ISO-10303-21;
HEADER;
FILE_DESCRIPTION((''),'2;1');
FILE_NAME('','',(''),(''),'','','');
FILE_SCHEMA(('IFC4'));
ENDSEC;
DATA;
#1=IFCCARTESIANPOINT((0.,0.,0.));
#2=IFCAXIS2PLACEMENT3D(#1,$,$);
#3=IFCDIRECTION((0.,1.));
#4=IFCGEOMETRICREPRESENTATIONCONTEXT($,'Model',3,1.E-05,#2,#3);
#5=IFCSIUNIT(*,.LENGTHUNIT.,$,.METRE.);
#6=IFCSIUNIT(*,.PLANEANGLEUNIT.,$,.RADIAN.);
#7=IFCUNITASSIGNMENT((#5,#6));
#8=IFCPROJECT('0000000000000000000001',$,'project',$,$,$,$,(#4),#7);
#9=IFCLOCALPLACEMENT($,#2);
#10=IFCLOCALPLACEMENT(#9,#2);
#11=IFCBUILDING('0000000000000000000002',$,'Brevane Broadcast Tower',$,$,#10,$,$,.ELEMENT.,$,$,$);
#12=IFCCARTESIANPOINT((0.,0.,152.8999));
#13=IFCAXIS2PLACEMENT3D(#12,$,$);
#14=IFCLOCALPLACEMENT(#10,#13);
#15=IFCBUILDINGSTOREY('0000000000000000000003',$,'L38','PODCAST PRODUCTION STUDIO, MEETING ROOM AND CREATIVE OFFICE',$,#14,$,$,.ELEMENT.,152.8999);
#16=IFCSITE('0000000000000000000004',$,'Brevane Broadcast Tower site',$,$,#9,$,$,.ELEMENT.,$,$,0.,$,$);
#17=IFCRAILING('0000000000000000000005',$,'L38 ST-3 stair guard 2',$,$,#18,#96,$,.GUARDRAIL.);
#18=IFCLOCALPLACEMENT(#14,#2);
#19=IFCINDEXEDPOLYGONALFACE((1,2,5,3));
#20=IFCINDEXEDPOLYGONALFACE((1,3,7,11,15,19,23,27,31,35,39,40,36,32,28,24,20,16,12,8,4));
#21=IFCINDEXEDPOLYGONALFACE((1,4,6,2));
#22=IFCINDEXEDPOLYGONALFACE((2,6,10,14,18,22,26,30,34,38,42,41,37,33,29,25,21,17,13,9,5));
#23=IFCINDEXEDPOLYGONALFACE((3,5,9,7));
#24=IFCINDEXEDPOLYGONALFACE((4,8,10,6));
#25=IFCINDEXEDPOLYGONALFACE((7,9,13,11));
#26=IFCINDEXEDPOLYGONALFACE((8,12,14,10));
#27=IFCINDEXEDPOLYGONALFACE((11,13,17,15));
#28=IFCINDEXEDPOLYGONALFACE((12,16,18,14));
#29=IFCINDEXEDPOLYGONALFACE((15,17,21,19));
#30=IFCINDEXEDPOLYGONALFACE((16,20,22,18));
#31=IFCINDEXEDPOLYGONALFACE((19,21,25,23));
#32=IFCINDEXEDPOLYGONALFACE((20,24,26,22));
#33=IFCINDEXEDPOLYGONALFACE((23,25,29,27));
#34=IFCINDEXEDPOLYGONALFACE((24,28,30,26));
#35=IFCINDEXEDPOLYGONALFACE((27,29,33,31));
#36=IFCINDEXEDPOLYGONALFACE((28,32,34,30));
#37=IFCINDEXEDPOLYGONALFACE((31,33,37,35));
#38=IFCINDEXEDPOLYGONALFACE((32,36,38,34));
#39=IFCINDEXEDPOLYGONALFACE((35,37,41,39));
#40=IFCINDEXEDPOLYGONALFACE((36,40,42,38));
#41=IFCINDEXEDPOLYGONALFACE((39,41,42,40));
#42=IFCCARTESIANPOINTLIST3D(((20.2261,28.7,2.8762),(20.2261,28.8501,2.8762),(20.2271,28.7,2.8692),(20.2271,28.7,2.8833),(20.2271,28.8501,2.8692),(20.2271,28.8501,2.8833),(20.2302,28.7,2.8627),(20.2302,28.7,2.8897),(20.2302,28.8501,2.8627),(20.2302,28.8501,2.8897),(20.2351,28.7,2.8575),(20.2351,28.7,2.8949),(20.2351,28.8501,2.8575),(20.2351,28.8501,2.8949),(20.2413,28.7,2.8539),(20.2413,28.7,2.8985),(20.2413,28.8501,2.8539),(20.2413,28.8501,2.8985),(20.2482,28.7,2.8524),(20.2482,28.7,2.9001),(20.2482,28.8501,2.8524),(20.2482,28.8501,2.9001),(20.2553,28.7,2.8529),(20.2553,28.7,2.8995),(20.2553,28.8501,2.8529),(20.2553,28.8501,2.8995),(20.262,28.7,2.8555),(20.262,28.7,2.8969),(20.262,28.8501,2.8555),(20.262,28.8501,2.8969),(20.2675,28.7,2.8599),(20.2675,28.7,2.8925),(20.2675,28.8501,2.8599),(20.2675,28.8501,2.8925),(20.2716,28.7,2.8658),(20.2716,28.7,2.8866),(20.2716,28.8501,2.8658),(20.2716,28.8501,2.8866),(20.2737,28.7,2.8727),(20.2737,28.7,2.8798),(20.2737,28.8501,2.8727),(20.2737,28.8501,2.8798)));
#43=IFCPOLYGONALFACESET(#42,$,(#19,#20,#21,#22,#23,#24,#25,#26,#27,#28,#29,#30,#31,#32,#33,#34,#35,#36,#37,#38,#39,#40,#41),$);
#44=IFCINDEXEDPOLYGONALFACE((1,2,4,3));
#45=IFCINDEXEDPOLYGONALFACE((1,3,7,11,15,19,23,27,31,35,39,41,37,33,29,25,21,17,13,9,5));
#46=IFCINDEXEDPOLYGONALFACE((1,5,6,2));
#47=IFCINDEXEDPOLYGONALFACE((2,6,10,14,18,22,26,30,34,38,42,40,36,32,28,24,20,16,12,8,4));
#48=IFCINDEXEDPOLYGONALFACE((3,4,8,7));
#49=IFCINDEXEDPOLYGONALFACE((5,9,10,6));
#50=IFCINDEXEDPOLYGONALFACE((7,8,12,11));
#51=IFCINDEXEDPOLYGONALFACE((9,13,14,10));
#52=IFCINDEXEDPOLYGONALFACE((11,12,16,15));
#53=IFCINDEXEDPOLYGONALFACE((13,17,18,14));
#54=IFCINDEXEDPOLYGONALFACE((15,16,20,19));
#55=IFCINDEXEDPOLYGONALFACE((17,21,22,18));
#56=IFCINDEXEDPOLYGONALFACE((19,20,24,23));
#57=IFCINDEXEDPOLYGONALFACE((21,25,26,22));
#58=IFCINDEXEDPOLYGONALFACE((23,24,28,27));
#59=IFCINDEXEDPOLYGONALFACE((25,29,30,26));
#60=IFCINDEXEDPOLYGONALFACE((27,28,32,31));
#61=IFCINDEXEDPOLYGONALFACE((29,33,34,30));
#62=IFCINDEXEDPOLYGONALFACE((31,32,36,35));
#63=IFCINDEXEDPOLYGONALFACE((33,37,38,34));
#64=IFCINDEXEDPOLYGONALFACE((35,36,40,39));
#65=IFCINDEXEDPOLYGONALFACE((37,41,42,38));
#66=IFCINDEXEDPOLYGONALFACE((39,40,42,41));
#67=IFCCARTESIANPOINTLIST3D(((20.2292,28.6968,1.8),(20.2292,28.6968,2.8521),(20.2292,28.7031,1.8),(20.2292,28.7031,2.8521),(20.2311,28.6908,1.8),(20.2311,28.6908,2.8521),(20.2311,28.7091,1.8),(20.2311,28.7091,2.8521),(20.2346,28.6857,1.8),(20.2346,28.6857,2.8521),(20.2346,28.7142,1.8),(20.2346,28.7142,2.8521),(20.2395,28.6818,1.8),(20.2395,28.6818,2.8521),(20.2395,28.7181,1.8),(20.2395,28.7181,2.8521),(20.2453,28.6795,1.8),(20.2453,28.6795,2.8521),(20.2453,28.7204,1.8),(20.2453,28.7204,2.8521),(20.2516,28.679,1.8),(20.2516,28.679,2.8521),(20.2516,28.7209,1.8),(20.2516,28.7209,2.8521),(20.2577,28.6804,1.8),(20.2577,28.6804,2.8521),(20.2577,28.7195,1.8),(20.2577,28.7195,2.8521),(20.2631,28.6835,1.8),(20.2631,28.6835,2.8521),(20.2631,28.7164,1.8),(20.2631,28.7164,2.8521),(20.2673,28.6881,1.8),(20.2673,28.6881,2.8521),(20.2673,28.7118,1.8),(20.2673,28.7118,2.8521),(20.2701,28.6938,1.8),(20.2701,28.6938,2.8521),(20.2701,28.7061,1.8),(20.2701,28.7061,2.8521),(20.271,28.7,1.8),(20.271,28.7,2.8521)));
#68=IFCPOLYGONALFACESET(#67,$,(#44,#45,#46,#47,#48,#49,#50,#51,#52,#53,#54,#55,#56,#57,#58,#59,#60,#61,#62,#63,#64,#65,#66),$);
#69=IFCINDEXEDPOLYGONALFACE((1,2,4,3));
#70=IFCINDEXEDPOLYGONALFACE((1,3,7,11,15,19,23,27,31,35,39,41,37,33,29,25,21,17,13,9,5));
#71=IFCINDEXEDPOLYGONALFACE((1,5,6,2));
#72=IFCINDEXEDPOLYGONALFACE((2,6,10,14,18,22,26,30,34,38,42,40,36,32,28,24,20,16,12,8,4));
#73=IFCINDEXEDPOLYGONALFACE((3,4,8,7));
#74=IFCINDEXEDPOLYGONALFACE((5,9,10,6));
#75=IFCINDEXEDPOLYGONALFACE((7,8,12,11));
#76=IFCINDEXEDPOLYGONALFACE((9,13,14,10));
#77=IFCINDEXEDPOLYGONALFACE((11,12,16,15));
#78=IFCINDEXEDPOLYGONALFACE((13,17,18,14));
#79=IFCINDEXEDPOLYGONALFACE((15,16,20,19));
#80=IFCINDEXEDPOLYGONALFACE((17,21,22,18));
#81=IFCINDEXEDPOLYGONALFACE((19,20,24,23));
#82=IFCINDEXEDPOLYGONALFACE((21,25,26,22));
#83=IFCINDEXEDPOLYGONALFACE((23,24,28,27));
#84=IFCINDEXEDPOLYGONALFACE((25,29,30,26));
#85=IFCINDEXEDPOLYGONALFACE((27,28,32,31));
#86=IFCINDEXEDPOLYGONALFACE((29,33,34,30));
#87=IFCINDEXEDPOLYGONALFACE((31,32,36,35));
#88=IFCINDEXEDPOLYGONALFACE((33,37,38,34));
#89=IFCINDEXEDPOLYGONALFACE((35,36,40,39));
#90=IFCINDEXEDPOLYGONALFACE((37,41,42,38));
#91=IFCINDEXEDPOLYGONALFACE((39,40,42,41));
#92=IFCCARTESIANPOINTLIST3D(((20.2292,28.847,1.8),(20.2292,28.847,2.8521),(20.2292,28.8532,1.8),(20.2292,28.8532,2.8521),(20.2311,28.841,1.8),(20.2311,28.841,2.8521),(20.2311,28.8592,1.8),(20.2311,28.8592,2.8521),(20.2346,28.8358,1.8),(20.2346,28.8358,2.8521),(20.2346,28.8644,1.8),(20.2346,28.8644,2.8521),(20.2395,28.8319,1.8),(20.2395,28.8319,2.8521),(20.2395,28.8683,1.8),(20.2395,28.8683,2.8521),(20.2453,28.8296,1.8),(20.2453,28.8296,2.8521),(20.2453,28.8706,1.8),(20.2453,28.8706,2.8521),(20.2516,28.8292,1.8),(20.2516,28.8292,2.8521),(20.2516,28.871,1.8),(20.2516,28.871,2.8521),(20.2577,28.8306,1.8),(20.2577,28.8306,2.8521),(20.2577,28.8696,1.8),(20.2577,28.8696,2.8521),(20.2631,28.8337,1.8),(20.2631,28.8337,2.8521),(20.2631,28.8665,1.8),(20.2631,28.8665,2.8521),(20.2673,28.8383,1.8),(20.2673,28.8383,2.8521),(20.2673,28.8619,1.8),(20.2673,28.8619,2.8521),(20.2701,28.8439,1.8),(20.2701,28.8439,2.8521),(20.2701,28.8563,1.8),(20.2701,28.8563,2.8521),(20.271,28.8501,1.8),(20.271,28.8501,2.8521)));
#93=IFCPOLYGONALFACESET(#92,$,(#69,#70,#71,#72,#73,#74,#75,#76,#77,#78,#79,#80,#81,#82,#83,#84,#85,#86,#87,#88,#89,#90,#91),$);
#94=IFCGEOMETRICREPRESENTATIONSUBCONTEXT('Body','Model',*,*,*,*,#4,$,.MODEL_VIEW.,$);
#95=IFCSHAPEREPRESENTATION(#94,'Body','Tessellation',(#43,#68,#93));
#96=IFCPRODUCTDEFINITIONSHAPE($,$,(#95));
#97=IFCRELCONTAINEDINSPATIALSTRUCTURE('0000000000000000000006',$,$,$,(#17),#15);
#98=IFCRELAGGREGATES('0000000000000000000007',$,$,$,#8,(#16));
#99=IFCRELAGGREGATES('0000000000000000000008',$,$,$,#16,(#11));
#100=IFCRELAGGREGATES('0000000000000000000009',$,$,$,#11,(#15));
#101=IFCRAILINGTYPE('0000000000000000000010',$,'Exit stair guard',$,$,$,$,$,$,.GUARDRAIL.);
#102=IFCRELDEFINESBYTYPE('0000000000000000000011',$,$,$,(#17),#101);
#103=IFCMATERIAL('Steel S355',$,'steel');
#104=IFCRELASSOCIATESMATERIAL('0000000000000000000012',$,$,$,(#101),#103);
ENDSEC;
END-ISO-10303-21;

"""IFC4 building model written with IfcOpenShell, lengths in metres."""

from ifc_helpers import new_model, si_unit, direction, frame, origin, origin_2d, place, context, subcontext, project, spatial, circle, extrude, material, type_object, element, save


model = new_model("IFC4")

# Units and contexts
model_context = context("Model", 3, precision=1e-05, world=origin(), true_north=direction((0.0, 1.0)))
body_context = subcontext(model_context, "Body", "Model", "MODEL_VIEW")
ifc_project = project(units=[si_unit("LENGTHUNIT", "METRE"), si_unit("PLANEANGLEUNIT", "RADIAN")], contexts=[model_context])

# Site, building, storey
site_placement = place(None, origin())
site = spatial("IfcSite", under=ifc_project, at=site_placement, Name="Brevane Broadcast Tower site", CompositionType="ELEMENT", RefElevation=0.0)
building_placement = place(site_placement, origin())
building = spatial("IfcBuilding", under=site, at=building_placement, Name="Brevane Broadcast Tower", CompositionType="ELEMENT")
storey_placement = place(building_placement, frame((0.0, 0.0, 152.8999)))
storey = spatial("IfcBuildingStorey", under=building, at=storey_placement, Name="L38", Description="PODCAST PRODUCTION STUDIO, MEETING ROOM AND CREATIVE OFFICE", CompositionType="ELEMENT", Elevation=152.8999)

# Railing
ifc_material_1 = material(Name="Steel S355", Category="steel")
railing_type = type_object("IfcRailingType", Name="Exit stair guard", PredefinedType="GUARDRAIL", material=ifc_material_1)
railing_placement = place(storey_placement, frame((20.25, 28.7, 1.8)))
element("IfcRailing", 1, at=railing_placement, inside=storey, type_object=railing_type, Name="L38 ST-3 stair guard 2", PredefinedType="GUARDRAIL", context=body_context, shape_type="SweptSolid", body=[
    extrude(circle(Radius=0.0239, at=origin_2d()), frame((0.0, 0.0, 1.0762), z_axis=(0.0, 1.0, 0.0), x_axis=(-1.0, 0.0, 0.0)), (0.0, 0.0, 1.0), 0.1501),
    extrude(circle(Radius=0.021, at=origin_2d()), origin(), (0.0, 0.0, 1.0), 1.052),
    extrude(circle(Radius=0.021, at=origin_2d()), frame((0.0, 0.1501, 0.0)), (0.0, 0.0, 1.0), 1.052),
])

save(model, "model.ifc")
